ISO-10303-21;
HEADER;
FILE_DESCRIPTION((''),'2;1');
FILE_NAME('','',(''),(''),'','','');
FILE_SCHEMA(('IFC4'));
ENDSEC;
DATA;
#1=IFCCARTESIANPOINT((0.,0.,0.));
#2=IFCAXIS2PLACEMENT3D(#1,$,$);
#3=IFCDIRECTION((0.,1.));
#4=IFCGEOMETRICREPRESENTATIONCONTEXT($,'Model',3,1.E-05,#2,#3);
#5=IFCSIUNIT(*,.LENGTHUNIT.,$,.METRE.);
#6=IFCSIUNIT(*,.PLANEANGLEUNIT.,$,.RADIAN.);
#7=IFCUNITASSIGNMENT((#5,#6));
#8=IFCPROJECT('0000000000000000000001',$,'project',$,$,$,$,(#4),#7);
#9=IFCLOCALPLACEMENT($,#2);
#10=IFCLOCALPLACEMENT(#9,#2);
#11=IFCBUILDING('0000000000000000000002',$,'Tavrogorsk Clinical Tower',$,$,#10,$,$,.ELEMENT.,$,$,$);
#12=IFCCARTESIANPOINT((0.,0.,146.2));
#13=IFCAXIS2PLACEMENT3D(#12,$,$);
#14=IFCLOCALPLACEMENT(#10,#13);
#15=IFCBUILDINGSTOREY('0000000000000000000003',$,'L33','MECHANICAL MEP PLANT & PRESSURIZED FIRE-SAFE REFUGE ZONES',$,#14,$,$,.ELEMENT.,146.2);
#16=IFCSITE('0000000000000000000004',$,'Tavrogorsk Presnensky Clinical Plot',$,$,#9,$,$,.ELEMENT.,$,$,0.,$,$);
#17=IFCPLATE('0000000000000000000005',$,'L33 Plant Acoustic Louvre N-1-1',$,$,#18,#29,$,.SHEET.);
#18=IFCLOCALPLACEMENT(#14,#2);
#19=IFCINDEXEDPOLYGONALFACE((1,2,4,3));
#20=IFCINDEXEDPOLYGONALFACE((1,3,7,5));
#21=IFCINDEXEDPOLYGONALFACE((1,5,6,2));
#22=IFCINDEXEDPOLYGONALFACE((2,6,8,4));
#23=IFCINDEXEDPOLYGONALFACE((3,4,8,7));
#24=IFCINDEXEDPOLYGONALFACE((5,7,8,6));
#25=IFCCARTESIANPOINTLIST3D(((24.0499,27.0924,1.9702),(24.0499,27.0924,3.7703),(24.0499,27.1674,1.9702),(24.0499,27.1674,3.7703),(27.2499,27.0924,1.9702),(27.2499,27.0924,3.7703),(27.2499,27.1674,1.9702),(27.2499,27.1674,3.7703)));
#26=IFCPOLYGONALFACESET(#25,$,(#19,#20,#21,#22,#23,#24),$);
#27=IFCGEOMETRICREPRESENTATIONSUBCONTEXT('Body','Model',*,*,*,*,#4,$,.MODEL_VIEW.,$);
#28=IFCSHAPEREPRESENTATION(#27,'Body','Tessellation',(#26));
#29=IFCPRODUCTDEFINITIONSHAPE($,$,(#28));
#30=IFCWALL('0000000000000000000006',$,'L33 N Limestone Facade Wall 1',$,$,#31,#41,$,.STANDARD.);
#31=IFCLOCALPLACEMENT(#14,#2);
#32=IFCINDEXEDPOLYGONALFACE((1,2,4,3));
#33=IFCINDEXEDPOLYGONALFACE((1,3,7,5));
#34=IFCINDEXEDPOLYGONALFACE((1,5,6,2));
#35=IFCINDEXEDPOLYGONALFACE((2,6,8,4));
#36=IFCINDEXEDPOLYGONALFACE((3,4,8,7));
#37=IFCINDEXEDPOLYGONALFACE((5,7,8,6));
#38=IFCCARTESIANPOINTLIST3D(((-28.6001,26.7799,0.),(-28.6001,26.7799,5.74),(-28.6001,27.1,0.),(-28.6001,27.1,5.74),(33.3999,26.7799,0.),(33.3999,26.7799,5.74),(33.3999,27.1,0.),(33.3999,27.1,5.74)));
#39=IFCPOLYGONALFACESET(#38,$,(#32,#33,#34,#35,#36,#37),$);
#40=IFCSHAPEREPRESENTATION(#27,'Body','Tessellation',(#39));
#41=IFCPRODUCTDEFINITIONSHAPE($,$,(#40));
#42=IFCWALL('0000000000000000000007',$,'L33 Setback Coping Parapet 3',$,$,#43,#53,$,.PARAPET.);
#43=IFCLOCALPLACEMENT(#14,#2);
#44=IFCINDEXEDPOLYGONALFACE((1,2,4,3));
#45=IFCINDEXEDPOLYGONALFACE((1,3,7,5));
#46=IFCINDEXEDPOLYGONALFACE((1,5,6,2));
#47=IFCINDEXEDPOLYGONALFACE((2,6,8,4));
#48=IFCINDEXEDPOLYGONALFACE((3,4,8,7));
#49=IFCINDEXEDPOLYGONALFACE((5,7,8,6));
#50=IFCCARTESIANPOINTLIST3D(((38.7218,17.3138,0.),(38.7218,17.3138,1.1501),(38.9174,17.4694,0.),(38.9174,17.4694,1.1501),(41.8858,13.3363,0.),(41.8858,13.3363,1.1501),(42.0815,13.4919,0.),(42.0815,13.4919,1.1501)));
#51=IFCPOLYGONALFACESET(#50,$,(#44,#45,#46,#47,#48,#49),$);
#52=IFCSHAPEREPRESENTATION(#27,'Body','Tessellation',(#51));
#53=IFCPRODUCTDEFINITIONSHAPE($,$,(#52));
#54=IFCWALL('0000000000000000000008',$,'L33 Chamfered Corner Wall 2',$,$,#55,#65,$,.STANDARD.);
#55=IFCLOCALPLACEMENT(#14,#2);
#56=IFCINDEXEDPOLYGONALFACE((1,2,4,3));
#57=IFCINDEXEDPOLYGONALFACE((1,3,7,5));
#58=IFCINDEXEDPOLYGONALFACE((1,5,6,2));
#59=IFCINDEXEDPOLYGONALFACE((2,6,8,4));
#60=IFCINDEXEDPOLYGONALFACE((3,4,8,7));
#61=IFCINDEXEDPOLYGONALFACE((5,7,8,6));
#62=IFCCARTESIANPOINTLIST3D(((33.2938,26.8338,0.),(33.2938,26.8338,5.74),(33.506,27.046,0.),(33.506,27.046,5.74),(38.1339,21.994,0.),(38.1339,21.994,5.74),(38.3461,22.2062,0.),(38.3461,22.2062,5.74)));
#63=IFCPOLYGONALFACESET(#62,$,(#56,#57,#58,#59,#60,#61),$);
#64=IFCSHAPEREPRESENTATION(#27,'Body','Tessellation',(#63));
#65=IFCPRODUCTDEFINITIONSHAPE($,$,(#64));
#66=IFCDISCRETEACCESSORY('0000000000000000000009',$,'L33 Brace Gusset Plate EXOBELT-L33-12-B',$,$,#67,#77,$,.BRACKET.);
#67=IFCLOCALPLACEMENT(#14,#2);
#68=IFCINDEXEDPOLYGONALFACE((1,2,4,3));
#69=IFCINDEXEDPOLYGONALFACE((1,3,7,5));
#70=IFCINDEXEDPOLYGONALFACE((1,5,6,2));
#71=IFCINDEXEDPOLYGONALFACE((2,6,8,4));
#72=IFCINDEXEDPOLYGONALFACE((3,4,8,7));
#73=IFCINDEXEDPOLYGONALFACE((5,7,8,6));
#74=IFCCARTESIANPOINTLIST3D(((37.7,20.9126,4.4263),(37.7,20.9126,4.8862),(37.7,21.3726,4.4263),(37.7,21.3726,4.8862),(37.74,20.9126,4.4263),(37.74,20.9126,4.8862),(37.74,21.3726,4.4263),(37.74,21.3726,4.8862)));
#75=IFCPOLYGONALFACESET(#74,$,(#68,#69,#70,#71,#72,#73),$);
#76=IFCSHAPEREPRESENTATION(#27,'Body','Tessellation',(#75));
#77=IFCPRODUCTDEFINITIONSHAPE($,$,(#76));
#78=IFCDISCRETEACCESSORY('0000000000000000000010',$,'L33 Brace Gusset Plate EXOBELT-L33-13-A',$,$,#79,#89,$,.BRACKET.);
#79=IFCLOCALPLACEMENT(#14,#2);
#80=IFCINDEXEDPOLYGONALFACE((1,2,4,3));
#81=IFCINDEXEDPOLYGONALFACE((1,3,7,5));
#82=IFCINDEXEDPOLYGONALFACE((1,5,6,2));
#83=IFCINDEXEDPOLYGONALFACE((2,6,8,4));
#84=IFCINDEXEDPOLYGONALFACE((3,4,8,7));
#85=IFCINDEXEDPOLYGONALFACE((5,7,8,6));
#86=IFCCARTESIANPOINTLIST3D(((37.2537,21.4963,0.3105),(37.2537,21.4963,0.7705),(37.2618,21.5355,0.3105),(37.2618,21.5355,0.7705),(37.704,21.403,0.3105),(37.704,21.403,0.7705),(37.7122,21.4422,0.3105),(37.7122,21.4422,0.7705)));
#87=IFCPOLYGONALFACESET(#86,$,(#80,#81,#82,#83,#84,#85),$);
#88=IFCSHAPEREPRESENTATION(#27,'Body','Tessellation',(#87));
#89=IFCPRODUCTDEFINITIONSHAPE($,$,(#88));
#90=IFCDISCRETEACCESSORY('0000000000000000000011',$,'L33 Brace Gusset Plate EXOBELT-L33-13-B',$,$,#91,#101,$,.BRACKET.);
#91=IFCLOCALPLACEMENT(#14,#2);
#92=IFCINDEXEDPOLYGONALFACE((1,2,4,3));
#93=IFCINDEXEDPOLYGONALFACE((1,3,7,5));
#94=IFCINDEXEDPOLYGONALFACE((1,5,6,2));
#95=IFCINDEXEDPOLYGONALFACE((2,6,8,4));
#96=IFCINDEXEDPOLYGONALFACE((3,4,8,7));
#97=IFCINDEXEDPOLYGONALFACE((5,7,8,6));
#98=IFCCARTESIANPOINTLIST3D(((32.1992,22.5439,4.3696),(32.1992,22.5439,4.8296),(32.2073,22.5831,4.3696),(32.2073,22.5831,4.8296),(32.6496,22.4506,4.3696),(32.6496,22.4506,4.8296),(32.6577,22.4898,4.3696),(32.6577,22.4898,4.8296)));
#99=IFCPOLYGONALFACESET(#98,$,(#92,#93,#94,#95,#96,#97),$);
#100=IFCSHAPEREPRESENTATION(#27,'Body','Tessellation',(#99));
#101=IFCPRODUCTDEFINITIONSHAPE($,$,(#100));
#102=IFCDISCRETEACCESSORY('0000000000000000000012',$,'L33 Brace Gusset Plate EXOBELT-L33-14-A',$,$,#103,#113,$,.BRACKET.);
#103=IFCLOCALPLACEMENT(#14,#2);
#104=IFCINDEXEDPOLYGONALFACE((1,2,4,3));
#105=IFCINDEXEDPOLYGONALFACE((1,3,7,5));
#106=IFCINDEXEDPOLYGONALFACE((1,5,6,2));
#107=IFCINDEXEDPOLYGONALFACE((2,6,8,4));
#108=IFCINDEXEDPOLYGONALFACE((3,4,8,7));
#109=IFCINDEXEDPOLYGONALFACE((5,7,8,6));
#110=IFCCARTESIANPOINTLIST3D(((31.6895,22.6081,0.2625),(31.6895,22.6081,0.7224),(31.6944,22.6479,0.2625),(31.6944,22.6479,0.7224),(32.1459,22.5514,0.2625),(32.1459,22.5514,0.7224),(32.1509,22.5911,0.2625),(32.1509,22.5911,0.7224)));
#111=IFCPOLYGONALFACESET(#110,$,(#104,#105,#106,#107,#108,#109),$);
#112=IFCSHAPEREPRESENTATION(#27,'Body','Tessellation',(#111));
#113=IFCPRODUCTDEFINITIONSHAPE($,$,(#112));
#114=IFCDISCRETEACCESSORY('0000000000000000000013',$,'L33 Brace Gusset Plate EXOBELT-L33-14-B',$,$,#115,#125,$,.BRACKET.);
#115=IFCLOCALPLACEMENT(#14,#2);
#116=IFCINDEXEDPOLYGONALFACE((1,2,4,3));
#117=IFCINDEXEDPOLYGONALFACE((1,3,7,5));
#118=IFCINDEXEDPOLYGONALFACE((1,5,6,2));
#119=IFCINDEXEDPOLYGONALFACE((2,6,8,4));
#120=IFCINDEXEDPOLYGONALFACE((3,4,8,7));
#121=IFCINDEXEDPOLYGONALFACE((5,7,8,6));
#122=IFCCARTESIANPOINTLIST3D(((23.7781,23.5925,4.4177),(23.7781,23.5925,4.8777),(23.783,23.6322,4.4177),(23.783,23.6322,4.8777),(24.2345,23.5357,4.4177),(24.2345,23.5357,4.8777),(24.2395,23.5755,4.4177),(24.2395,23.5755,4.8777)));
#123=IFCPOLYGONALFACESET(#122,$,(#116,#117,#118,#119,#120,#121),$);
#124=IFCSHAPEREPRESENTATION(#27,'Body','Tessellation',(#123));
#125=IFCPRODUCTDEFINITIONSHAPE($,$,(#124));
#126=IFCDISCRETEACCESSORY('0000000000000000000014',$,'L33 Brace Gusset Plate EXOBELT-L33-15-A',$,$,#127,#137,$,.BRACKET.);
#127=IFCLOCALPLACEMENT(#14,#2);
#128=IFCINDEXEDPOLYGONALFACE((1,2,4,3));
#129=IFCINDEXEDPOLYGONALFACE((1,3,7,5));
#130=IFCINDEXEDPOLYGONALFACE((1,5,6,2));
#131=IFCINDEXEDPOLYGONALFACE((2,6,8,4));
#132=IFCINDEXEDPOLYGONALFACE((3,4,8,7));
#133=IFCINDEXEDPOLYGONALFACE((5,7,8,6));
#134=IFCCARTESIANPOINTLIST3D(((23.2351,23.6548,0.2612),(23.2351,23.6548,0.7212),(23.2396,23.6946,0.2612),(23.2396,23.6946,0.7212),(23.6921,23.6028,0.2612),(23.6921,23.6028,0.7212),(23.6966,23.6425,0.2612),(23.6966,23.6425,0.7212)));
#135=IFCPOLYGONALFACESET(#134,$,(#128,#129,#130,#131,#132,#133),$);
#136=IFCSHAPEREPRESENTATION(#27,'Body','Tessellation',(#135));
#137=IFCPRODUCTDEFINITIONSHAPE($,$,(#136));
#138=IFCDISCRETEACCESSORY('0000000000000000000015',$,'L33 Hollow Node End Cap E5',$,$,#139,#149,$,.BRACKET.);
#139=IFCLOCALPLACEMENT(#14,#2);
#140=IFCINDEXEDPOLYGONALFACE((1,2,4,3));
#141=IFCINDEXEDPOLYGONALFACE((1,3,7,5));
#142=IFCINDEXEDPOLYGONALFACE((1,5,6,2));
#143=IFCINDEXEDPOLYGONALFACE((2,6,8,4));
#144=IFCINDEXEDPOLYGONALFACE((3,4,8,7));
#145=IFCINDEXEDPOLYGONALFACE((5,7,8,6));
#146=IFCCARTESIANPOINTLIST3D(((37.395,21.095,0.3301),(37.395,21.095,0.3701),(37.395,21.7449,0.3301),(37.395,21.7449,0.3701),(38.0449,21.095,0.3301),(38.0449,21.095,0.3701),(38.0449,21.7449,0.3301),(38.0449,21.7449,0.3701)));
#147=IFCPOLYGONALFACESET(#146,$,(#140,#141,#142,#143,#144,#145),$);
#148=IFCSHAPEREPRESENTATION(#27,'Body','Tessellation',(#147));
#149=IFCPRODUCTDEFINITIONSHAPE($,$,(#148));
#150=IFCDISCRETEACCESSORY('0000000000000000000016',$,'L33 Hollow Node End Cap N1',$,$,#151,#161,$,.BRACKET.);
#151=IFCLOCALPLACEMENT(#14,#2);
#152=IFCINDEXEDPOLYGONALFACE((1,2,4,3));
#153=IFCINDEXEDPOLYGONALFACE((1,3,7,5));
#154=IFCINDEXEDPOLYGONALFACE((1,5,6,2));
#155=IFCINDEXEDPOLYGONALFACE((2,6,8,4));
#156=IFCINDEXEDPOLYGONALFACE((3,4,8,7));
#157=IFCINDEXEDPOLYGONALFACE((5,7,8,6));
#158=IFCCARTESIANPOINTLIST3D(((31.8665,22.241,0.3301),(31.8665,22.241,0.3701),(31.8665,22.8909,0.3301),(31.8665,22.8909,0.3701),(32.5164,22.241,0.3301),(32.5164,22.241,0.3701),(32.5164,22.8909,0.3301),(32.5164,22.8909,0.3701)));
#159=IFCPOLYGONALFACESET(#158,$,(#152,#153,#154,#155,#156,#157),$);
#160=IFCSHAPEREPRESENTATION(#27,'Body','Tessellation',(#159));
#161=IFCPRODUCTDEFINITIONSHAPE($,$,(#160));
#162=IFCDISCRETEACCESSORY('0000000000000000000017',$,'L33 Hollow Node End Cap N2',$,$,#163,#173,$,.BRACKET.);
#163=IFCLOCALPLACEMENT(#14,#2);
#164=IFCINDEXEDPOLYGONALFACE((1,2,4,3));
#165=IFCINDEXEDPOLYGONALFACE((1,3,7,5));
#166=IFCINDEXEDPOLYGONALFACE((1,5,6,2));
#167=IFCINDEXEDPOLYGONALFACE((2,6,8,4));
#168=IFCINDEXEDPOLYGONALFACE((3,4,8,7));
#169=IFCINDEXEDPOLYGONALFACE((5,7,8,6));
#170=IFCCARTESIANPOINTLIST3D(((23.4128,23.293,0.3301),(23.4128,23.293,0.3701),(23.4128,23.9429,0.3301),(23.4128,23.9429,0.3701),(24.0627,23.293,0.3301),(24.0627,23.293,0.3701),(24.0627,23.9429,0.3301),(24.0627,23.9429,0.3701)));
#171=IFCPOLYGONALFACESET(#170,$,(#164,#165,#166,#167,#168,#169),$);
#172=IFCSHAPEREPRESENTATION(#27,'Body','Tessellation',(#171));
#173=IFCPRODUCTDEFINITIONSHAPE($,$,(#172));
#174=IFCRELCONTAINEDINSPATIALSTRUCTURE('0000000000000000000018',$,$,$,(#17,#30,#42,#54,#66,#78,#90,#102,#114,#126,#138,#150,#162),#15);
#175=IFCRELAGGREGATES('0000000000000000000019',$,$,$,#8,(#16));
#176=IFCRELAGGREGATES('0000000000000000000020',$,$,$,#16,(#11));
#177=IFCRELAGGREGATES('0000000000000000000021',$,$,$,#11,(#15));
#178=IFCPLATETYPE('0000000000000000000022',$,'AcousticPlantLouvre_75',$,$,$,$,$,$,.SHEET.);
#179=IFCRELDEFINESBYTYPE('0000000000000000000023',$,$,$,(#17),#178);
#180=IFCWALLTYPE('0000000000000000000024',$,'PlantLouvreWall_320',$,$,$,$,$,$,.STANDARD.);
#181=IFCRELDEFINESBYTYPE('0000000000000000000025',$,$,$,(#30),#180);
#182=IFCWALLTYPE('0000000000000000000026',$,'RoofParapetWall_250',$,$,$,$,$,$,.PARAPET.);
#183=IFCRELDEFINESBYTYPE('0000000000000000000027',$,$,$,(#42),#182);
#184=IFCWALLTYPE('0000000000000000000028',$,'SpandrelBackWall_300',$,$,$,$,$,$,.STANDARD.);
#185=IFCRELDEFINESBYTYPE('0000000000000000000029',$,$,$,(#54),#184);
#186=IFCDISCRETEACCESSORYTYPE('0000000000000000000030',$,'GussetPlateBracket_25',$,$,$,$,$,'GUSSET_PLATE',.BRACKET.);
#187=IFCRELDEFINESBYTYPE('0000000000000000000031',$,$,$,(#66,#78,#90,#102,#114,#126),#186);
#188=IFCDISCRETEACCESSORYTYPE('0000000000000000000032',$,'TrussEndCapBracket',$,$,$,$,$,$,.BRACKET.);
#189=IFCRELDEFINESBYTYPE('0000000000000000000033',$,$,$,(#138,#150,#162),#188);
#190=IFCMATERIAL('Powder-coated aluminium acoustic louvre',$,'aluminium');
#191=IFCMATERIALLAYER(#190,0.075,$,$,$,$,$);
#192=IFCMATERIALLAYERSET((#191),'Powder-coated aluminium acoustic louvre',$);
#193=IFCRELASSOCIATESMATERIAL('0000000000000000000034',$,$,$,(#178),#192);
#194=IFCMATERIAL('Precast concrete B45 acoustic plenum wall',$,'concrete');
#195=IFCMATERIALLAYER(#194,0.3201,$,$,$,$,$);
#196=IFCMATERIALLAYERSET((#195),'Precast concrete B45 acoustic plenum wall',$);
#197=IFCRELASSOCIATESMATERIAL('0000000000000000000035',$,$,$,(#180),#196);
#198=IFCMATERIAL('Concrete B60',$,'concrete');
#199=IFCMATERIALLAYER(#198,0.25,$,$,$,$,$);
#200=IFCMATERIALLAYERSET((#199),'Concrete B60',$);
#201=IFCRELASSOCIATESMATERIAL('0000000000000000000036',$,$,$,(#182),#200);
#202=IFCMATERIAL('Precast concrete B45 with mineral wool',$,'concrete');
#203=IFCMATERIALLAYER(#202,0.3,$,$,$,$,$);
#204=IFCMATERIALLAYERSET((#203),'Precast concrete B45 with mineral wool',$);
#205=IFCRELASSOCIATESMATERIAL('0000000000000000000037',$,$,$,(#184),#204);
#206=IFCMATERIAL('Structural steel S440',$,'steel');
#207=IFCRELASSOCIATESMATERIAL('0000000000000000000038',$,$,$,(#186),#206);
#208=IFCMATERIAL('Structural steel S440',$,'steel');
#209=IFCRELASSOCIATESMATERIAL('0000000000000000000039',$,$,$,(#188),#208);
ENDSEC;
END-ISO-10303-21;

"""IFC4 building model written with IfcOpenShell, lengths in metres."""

from ifc_helpers import new_model, si_unit, direction, frame, frame_2d, origin, origin_2d, place, context, subcontext, project, spatial, rectangle, extrude, material, layer, layer_set, type_object, element, save


model = new_model("IFC4")

# Units and contexts
model_context = context("Model", 3, precision=1e-05, world=origin(), true_north=direction((0.0, 1.0)))
body_context = subcontext(model_context, "Body", "Model", "MODEL_VIEW")
ifc_project = project(units=[si_unit("LENGTHUNIT", "METRE"), si_unit("PLANEANGLEUNIT", "RADIAN")], contexts=[model_context])

# Site, building, storey
site_placement = place(None, origin())
site = spatial("IfcSite", under=ifc_project, at=site_placement, Name="Tavrogorsk Presnensky Clinical Plot", CompositionType="ELEMENT", RefElevation=0.0)
building_placement = place(site_placement, origin())
building = spatial("IfcBuilding", under=site, at=building_placement, Name="Tavrogorsk Clinical Tower", CompositionType="ELEMENT")
storey_placement = place(building_placement, frame((0.0, 0.0, 146.2)))
storey = spatial("IfcBuildingStorey", under=building, at=storey_placement, Name="L33", Description="MECHANICAL MEP PLANT & PRESSURIZED FIRE-SAFE REFUGE ZONES", CompositionType="ELEMENT", Elevation=146.2)

# Plate
ifc_material_1 = material(Name="Powder-coated aluminium acoustic louvre", Category="aluminium")
ifc_layer_1 = layer(ifc_material_1, 0.075)
ifc_layer_set_1 = layer_set([ifc_layer_1], Name="Powder-coated aluminium acoustic louvre")
plate_type = type_object("IfcPlateType", Name="AcousticPlantLouvre_75", PredefinedType="SHEET", material=ifc_layer_set_1)
plate_placement = place(storey_placement, frame((25.6499, 27.1299, 1.9702), z_axis=(0.0, 0.0, 1.0), x_axis=(-1.0, 0.0, 0.0)))
element("IfcPlate", 1, at=plate_placement, inside=storey, type_object=plate_type, Name="L33 Plant Acoustic Louvre N-1-1", PredefinedType="SHEET", context=body_context, shape_type="SweptSolid", body=[
    extrude(rectangle(XDim=3.2, YDim=0.075, at=origin_2d()), origin(), (0.0, 0.0, 1.0), 1.8),
])

# Walls
ifc_material_2 = material(Name="Precast concrete B45 acoustic plenum wall", Category="concrete")
ifc_layer_2 = layer(ifc_material_2, 0.3201)
ifc_layer_set_2 = layer_set([ifc_layer_2], Name="Precast concrete B45 acoustic plenum wall")
wall_type_1 = type_object("IfcWallType", Name="PlantLouvreWall_320", PredefinedType="STANDARD", material=ifc_layer_set_2)
wall_1_placement = place(storey_placement, frame((33.3999, 26.9399, 0.0), z_axis=(0.0, 0.0, 1.0), x_axis=(-1.0, 0.0, 0.0)))
element("IfcWall", 2, at=wall_1_placement, inside=storey, type_object=wall_type_1, Name="L33 N Limestone Facade Wall 1", PredefinedType="STANDARD", context=body_context, shape_type="SweptSolid", body=[
    extrude(rectangle(XDim=62.0, YDim=0.3201, at=frame_2d((31.0, 0.0))), origin(), (0.0, 0.0, 1.0), 5.74),
])
ifc_material_3 = material(Name="Concrete B60", Category="concrete")
ifc_layer_3 = layer(ifc_material_3, 0.25)
ifc_layer_set_3 = layer_set([ifc_layer_3], Name="Concrete B60")
wall_type_2 = type_object("IfcWallType", Name="RoofParapetWall_250", PredefinedType="PARAPET", material=ifc_layer_set_3)
wall_2_placement = place(storey_placement, frame((38.8196, 17.3916, 0.0), z_axis=(0.0, 0.0, 1.0), x_axis=(0.622537, -0.78259, 0.0)))
element("IfcWall", 3, at=wall_2_placement, inside=storey, type_object=wall_type_2, Name="L33 Setback Coping Parapet 3", PredefinedType="PARAPET", context=body_context, shape_type="SweptSolid", body=[
    extrude(rectangle(XDim=5.0825, YDim=0.25, at=frame_2d((2.5413, 0.0))), origin(), (0.0, 0.0, 1.0), 1.1501),
])
ifc_material_4 = material(Name="Precast concrete B45 with mineral wool", Category="concrete")
ifc_layer_4 = layer(ifc_material_4, 0.3)
ifc_layer_set_4 = layer_set([ifc_layer_4], Name="Precast concrete B45 with mineral wool")
wall_type_3 = type_object("IfcWallType", Name="SpandrelBackWall_300", PredefinedType="STANDARD", material=ifc_layer_set_4)
wall_3_placement = place(storey_placement, frame((38.24, 22.1001, 0.0), z_axis=(0.0, 0.0, 1.0), x_axis=(-0.707125, 0.707089, 0.0)))
element("IfcWall", 4, at=wall_3_placement, inside=storey, type_object=wall_type_3, Name="L33 Chamfered Corner Wall 2", PredefinedType="STANDARD", context=body_context, shape_type="SweptSolid", body=[
    extrude(rectangle(XDim=6.8447, YDim=0.3, at=frame_2d((3.4224, 0.0))), origin(), (0.0, 0.0, 1.0), 5.74),
])

# Discrete accessories
ifc_material_5 = material(Name="Structural steel S440", Category="steel")
discrete_accessory_type_1 = type_object("IfcDiscreteAccessoryType", Name="GussetPlateBracket_25", ElementType="GUSSET_PLATE", PredefinedType="BRACKET", material=ifc_material_5)
for number, where, z_axis, x_axis, name in (
    (5, (37.72, 21.1426, 4.4263), (0.0, 0.0, 1.0), (0.0, 1.0, 0.0), "L33 Brace Gusset Plate EXOBELT-L33-12-B"),
    (6, (37.4829, 21.4692, 0.3105), (0.0, 0.0, 1.0), (-0.979187, 0.202958, 0.0), "L33 Brace Gusset Plate EXOBELT-L33-13-A"),
    (7, (32.4285, 22.5168, 4.3696), (0.0, 0.0, 1.0), (-0.979187, 0.202958, 0.0), "L33 Brace Gusset Plate EXOBELT-L33-13-B"),
    (8, (31.9202, 22.5996, 0.2625), (0.0, 0.0, 1.0), (-0.992353, 0.123428, 0.0), "L33 Brace Gusset Plate EXOBELT-L33-14-A"),
    (9, (24.0088, 23.584, 4.4177), (0.0, 0.0, 1.0), (-0.992353, 0.123428, 0.0), "L33 Brace Gusset Plate EXOBELT-L33-14-B"),
    (10, (23.4658, 23.6487, 0.2612), (0.0, 0.0, 1.0), (-0.993572, 0.113203, 0.0), "L33 Brace Gusset Plate EXOBELT-L33-15-A"),
):
    element("IfcDiscreteAccessory", number, at=place(storey_placement, frame(where, z_axis=z_axis, x_axis=x_axis)), inside=storey, type_object=discrete_accessory_type_1, Name=name, PredefinedType="BRACKET", context=body_context, shape_type="SweptSolid", body=[
        extrude(rectangle(XDim=0.46, YDim=0.04, at=origin_2d()), origin(), (0.0, 0.0, 1.0), 0.46),
    ])
ifc_material_6 = material(Name="Structural steel S440", Category="steel")
discrete_accessory_type_2 = type_object("IfcDiscreteAccessoryType", Name="TrussEndCapBracket", PredefinedType="BRACKET", material=ifc_material_6)
for number, where, z_axis, x_axis, name in (
    (11, (37.72, 21.4199, 0.3301), (0.0, 0.0, 1.0), (1.0, 0.0, 0.0), "L33 Hollow Node End Cap E5"),
    (12, (32.1914, 22.5659, 0.3301), (0.0, 0.0, 1.0), (1.0, 0.0, 0.0), "L33 Hollow Node End Cap N1"),
    (13, (23.7378, 23.6179, 0.3301), (0.0, 0.0, 1.0), (1.0, 0.0, 0.0), "L33 Hollow Node End Cap N2"),
):
    element("IfcDiscreteAccessory", number, at=place(storey_placement, frame(where, z_axis=z_axis, x_axis=x_axis)), inside=storey, type_object=discrete_accessory_type_2, Name=name, PredefinedType="BRACKET", context=body_context, shape_type="SweptSolid", body=[
        extrude(rectangle(XDim=0.6499, YDim=0.6499, at=origin_2d()), origin(), (0.0, 0.0, 1.0), 0.04),
    ])

save(model, "model.ifc")
